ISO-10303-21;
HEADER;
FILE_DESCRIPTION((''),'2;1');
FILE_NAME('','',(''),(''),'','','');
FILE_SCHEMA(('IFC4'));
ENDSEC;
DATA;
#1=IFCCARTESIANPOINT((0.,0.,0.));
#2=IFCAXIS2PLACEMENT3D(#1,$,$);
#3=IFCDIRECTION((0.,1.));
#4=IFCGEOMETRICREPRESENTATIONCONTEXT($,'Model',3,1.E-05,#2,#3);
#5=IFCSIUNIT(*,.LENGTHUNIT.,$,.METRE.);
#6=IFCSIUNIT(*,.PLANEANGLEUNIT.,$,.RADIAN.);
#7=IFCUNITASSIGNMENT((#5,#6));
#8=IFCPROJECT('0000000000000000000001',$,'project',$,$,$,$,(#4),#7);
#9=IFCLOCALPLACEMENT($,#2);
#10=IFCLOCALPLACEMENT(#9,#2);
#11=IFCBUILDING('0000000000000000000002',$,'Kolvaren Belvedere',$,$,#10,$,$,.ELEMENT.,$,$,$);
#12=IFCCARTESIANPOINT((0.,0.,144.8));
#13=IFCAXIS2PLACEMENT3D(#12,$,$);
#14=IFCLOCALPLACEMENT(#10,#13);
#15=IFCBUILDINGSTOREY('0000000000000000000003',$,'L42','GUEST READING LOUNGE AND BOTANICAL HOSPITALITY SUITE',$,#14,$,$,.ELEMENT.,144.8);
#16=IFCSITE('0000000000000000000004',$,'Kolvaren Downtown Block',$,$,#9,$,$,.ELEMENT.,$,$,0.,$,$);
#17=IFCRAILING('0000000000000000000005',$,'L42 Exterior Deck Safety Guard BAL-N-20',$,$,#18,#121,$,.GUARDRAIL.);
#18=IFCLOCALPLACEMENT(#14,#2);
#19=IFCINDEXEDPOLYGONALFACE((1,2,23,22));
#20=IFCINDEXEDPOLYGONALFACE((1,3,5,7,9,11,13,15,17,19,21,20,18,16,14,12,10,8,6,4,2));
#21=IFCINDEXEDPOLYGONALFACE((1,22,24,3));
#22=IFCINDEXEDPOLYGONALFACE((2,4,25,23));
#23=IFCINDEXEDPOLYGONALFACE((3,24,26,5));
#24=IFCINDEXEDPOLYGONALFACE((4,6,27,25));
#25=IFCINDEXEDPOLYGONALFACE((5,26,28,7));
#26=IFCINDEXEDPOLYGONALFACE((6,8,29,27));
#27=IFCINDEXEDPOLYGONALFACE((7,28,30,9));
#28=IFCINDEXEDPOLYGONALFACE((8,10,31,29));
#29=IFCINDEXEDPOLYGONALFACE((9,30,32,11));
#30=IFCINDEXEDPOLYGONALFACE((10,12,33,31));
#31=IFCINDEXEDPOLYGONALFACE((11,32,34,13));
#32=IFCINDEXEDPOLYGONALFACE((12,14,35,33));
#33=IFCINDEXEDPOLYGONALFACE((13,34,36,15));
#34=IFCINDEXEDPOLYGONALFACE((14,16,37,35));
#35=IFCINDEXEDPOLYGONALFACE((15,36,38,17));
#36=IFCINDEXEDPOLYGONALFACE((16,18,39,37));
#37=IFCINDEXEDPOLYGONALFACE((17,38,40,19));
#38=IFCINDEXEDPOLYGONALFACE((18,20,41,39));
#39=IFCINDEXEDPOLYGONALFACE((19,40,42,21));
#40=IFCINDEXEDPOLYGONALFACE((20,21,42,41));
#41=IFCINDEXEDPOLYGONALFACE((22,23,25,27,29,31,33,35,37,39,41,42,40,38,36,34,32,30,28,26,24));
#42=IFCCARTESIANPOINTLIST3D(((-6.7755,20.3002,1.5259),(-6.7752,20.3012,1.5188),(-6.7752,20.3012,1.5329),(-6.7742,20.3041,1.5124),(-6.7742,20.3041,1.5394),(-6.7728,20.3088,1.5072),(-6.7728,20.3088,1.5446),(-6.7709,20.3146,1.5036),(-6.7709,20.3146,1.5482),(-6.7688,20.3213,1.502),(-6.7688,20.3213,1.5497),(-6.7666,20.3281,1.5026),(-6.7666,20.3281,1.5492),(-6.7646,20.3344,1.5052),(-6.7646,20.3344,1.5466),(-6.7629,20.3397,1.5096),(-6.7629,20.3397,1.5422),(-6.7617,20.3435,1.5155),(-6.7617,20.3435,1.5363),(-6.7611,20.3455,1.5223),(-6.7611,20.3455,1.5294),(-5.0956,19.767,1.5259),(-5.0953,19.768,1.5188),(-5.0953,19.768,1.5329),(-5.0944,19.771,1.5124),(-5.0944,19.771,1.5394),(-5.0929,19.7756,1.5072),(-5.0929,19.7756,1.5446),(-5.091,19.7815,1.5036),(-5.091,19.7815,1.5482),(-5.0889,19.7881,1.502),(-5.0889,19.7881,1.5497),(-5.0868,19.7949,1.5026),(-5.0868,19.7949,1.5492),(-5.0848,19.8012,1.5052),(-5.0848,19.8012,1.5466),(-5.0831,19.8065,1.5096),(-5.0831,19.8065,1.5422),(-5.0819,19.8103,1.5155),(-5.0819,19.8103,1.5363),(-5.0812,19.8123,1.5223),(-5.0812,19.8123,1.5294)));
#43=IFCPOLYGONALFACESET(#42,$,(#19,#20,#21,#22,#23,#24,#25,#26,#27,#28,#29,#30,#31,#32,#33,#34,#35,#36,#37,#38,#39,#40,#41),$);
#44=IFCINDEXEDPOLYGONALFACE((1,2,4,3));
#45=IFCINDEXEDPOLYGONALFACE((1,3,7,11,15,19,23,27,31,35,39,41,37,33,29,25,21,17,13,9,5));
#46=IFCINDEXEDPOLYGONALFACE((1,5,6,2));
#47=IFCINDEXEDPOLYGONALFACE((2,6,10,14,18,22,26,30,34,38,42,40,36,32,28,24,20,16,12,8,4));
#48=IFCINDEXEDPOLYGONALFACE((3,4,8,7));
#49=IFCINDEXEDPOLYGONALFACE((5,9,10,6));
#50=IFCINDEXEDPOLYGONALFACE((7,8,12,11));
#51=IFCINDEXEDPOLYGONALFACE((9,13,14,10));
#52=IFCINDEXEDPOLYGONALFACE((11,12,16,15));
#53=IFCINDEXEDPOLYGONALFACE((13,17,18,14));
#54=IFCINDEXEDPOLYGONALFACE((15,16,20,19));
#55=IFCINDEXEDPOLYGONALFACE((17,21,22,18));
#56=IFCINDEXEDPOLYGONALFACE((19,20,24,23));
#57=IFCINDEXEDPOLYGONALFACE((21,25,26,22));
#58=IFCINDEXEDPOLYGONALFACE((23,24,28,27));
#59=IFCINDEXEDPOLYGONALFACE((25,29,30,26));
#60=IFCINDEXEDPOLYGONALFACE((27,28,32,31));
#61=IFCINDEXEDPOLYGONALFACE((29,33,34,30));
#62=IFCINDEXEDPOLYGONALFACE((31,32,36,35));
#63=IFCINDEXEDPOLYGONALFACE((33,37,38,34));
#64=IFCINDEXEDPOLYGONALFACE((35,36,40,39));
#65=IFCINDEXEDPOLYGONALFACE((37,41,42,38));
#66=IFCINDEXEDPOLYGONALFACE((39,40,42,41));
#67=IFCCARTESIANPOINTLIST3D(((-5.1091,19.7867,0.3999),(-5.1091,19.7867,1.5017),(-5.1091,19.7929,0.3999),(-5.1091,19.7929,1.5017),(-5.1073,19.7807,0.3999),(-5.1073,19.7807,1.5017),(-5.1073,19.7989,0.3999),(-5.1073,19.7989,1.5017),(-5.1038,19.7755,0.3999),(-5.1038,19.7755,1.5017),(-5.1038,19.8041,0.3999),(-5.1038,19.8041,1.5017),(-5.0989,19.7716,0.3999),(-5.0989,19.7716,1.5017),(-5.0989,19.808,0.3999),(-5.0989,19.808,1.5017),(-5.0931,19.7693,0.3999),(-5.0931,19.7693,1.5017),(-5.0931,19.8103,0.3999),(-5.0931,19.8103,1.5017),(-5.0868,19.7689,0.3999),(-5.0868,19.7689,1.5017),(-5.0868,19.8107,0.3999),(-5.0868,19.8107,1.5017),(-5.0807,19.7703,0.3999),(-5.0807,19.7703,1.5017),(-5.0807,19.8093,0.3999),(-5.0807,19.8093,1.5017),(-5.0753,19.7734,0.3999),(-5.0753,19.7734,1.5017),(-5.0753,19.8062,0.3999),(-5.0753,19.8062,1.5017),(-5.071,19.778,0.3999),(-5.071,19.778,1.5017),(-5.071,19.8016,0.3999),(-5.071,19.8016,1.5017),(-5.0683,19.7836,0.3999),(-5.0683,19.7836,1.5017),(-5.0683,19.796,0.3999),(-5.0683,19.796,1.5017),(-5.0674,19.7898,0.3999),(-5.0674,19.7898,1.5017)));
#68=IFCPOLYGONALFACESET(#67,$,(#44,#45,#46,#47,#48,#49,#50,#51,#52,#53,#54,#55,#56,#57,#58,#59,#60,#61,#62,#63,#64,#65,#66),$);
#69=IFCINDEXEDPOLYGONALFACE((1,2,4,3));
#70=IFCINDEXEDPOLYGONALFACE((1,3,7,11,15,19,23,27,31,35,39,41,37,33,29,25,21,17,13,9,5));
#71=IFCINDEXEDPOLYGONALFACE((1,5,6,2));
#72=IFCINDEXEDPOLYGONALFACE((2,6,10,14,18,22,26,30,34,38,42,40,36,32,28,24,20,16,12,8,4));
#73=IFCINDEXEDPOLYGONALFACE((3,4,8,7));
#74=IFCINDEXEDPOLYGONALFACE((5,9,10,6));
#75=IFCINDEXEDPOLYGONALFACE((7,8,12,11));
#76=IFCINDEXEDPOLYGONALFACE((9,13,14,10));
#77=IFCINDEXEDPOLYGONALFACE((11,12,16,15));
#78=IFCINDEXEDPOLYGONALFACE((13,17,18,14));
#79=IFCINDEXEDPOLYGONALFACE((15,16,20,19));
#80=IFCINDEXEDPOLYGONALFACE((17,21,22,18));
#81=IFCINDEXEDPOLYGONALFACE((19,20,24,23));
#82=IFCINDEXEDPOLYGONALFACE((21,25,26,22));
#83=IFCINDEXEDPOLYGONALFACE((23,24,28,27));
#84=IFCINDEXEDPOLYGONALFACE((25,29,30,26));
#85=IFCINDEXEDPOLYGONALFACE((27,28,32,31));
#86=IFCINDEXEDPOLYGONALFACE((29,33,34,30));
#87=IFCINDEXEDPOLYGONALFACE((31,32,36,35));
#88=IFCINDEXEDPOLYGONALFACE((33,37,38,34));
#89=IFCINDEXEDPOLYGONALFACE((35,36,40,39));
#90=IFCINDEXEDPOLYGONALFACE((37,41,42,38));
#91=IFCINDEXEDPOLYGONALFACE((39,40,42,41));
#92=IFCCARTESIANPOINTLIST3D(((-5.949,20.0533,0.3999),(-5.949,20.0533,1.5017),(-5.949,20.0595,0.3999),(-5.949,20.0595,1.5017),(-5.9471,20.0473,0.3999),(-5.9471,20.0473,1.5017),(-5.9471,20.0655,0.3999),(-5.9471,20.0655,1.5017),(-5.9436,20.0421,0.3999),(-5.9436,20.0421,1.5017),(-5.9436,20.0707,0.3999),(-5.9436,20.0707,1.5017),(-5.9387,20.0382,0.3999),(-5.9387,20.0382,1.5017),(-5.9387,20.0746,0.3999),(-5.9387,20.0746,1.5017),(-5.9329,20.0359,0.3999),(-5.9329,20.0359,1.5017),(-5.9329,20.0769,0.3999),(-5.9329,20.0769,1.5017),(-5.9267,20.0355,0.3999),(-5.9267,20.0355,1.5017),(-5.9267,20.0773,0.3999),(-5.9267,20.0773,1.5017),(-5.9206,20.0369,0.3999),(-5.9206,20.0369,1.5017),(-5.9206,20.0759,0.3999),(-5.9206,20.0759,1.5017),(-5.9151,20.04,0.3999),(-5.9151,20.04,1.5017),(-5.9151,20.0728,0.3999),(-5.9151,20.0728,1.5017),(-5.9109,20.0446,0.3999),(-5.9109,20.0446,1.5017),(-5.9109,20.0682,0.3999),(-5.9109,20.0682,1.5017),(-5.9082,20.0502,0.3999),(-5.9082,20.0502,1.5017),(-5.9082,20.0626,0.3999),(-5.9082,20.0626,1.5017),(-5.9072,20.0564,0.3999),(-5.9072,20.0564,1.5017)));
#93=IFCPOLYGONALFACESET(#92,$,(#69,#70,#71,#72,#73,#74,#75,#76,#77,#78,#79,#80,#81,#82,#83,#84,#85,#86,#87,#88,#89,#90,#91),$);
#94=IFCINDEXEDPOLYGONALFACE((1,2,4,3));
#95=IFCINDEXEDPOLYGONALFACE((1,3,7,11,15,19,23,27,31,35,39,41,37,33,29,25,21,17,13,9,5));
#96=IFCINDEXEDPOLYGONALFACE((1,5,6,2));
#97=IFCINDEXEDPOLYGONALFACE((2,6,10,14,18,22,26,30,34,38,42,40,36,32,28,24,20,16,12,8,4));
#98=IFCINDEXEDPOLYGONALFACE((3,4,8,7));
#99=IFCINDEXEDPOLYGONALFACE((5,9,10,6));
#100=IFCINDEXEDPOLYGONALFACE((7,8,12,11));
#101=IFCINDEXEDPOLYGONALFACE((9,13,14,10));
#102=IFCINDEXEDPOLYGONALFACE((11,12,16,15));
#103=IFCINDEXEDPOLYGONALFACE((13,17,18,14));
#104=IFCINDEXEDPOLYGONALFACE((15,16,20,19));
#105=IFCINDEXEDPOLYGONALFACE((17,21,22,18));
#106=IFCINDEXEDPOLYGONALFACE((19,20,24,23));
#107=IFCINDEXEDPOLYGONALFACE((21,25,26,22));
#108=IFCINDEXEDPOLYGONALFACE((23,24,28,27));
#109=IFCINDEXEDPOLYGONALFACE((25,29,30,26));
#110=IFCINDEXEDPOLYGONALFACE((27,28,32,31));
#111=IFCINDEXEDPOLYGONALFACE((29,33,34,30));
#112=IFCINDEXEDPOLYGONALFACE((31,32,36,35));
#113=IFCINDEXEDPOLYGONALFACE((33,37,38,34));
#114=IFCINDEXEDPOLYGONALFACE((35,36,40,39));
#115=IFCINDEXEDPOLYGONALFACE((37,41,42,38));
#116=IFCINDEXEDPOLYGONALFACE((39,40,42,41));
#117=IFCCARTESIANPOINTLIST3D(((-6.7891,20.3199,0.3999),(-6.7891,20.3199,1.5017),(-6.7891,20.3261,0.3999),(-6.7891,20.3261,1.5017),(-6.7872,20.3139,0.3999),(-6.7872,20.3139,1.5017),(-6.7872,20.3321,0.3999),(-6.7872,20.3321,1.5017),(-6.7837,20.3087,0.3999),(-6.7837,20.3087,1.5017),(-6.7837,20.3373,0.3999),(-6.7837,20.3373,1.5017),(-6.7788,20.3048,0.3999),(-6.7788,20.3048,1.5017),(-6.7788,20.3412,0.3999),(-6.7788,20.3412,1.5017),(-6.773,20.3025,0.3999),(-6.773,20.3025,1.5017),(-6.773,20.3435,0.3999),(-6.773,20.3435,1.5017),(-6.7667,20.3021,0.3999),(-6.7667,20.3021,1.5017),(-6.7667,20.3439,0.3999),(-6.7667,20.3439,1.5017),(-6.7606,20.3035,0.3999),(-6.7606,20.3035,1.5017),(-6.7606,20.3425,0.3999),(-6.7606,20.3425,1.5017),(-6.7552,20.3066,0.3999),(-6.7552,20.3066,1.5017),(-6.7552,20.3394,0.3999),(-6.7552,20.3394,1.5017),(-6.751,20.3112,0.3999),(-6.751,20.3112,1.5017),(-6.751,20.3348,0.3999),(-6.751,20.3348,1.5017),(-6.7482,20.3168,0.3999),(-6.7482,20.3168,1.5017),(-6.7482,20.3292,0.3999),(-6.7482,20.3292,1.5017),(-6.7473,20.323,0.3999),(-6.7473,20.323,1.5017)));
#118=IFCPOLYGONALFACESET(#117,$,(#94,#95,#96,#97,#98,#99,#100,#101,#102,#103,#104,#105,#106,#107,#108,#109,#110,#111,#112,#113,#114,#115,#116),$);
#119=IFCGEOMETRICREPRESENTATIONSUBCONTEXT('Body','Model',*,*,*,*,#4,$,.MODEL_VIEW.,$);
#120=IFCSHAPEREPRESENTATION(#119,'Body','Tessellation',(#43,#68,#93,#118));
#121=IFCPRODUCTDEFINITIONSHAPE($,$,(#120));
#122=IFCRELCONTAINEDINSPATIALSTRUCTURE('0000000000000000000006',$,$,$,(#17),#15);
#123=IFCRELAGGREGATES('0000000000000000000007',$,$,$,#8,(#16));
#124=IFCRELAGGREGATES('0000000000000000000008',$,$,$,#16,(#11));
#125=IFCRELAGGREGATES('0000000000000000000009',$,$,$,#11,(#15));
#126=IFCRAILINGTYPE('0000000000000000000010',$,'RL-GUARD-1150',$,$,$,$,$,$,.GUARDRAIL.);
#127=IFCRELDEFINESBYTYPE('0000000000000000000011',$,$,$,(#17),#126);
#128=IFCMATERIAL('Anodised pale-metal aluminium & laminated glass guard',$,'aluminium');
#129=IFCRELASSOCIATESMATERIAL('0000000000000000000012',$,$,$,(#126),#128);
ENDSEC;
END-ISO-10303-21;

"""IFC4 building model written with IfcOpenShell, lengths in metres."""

from ifc_helpers import new_model, si_unit, direction, frame, origin, origin_2d, place, context, subcontext, project, spatial, circle, extrude, material, type_object, element, save


model = new_model("IFC4")

# Units and contexts
model_context = context("Model", 3, precision=1e-05, world=origin(), true_north=direction((0.0, 1.0)))
body_context = subcontext(model_context, "Body", "Model", "MODEL_VIEW")
ifc_project = project(units=[si_unit("LENGTHUNIT", "METRE"), si_unit("PLANEANGLEUNIT", "RADIAN")], contexts=[model_context])

# Site, building, storey
site_placement = place(None, origin())
site = spatial("IfcSite", under=ifc_project, at=site_placement, Name="Kolvaren Downtown Block", CompositionType="ELEMENT", RefElevation=0.0)
building_placement = place(site_placement, origin())
building = spatial("IfcBuilding", under=site, at=building_placement, Name="Kolvaren Belvedere", CompositionType="ELEMENT")
storey_placement = place(building_placement, frame((0.0, 0.0, 144.8)))
storey = spatial("IfcBuildingStorey", under=building, at=storey_placement, Name="L42", Description="GUEST READING LOUNGE AND BOTANICAL HOSPITALITY SUITE", CompositionType="ELEMENT", Elevation=144.8)

# Railing
ifc_material_1 = material(Name="Anodised pale-metal aluminium & laminated glass guard", Category="aluminium")
railing_type = type_object("IfcRailingType", Name="RL-GUARD-1150", PredefinedType="GUARDRAIL", material=ifc_material_1)
railing_1_placement = place(storey_placement, frame((-5.0884, 19.7898, 0.3999)))
element("IfcRailing", 1, at=railing_1_placement, inside=storey, type_object=railing_type, Name="L42 Exterior Deck Safety Guard BAL-N-20", PredefinedType="GUARDRAIL", context=body_context, shape_type="SweptSolid", body=[
    extrude(circle(Radius=0.0239, at=origin_2d()), frame((0.0, 0.0, 1.126), z_axis=(-0.953142, 0.302523, 0.0), x_axis=(-0.302523, -0.953142, 0.0)), (0.0, 0.0, 1.0), 1.7625),
    extrude(circle(Radius=0.021, at=origin_2d()), origin(), (0.0, 0.0, 1.0), 1.1018),
    extrude(circle(Radius=0.021, at=origin_2d()), frame((-0.8398, 0.2666, 0.0)), (0.0, 0.0, 1.0), 1.1018),
    extrude(circle(Radius=0.021, at=origin_2d()), frame((-1.6799, 0.5332, 0.0)), (0.0, 0.0, 1.0), 1.1018),
])

save(model, "model.ifc")
